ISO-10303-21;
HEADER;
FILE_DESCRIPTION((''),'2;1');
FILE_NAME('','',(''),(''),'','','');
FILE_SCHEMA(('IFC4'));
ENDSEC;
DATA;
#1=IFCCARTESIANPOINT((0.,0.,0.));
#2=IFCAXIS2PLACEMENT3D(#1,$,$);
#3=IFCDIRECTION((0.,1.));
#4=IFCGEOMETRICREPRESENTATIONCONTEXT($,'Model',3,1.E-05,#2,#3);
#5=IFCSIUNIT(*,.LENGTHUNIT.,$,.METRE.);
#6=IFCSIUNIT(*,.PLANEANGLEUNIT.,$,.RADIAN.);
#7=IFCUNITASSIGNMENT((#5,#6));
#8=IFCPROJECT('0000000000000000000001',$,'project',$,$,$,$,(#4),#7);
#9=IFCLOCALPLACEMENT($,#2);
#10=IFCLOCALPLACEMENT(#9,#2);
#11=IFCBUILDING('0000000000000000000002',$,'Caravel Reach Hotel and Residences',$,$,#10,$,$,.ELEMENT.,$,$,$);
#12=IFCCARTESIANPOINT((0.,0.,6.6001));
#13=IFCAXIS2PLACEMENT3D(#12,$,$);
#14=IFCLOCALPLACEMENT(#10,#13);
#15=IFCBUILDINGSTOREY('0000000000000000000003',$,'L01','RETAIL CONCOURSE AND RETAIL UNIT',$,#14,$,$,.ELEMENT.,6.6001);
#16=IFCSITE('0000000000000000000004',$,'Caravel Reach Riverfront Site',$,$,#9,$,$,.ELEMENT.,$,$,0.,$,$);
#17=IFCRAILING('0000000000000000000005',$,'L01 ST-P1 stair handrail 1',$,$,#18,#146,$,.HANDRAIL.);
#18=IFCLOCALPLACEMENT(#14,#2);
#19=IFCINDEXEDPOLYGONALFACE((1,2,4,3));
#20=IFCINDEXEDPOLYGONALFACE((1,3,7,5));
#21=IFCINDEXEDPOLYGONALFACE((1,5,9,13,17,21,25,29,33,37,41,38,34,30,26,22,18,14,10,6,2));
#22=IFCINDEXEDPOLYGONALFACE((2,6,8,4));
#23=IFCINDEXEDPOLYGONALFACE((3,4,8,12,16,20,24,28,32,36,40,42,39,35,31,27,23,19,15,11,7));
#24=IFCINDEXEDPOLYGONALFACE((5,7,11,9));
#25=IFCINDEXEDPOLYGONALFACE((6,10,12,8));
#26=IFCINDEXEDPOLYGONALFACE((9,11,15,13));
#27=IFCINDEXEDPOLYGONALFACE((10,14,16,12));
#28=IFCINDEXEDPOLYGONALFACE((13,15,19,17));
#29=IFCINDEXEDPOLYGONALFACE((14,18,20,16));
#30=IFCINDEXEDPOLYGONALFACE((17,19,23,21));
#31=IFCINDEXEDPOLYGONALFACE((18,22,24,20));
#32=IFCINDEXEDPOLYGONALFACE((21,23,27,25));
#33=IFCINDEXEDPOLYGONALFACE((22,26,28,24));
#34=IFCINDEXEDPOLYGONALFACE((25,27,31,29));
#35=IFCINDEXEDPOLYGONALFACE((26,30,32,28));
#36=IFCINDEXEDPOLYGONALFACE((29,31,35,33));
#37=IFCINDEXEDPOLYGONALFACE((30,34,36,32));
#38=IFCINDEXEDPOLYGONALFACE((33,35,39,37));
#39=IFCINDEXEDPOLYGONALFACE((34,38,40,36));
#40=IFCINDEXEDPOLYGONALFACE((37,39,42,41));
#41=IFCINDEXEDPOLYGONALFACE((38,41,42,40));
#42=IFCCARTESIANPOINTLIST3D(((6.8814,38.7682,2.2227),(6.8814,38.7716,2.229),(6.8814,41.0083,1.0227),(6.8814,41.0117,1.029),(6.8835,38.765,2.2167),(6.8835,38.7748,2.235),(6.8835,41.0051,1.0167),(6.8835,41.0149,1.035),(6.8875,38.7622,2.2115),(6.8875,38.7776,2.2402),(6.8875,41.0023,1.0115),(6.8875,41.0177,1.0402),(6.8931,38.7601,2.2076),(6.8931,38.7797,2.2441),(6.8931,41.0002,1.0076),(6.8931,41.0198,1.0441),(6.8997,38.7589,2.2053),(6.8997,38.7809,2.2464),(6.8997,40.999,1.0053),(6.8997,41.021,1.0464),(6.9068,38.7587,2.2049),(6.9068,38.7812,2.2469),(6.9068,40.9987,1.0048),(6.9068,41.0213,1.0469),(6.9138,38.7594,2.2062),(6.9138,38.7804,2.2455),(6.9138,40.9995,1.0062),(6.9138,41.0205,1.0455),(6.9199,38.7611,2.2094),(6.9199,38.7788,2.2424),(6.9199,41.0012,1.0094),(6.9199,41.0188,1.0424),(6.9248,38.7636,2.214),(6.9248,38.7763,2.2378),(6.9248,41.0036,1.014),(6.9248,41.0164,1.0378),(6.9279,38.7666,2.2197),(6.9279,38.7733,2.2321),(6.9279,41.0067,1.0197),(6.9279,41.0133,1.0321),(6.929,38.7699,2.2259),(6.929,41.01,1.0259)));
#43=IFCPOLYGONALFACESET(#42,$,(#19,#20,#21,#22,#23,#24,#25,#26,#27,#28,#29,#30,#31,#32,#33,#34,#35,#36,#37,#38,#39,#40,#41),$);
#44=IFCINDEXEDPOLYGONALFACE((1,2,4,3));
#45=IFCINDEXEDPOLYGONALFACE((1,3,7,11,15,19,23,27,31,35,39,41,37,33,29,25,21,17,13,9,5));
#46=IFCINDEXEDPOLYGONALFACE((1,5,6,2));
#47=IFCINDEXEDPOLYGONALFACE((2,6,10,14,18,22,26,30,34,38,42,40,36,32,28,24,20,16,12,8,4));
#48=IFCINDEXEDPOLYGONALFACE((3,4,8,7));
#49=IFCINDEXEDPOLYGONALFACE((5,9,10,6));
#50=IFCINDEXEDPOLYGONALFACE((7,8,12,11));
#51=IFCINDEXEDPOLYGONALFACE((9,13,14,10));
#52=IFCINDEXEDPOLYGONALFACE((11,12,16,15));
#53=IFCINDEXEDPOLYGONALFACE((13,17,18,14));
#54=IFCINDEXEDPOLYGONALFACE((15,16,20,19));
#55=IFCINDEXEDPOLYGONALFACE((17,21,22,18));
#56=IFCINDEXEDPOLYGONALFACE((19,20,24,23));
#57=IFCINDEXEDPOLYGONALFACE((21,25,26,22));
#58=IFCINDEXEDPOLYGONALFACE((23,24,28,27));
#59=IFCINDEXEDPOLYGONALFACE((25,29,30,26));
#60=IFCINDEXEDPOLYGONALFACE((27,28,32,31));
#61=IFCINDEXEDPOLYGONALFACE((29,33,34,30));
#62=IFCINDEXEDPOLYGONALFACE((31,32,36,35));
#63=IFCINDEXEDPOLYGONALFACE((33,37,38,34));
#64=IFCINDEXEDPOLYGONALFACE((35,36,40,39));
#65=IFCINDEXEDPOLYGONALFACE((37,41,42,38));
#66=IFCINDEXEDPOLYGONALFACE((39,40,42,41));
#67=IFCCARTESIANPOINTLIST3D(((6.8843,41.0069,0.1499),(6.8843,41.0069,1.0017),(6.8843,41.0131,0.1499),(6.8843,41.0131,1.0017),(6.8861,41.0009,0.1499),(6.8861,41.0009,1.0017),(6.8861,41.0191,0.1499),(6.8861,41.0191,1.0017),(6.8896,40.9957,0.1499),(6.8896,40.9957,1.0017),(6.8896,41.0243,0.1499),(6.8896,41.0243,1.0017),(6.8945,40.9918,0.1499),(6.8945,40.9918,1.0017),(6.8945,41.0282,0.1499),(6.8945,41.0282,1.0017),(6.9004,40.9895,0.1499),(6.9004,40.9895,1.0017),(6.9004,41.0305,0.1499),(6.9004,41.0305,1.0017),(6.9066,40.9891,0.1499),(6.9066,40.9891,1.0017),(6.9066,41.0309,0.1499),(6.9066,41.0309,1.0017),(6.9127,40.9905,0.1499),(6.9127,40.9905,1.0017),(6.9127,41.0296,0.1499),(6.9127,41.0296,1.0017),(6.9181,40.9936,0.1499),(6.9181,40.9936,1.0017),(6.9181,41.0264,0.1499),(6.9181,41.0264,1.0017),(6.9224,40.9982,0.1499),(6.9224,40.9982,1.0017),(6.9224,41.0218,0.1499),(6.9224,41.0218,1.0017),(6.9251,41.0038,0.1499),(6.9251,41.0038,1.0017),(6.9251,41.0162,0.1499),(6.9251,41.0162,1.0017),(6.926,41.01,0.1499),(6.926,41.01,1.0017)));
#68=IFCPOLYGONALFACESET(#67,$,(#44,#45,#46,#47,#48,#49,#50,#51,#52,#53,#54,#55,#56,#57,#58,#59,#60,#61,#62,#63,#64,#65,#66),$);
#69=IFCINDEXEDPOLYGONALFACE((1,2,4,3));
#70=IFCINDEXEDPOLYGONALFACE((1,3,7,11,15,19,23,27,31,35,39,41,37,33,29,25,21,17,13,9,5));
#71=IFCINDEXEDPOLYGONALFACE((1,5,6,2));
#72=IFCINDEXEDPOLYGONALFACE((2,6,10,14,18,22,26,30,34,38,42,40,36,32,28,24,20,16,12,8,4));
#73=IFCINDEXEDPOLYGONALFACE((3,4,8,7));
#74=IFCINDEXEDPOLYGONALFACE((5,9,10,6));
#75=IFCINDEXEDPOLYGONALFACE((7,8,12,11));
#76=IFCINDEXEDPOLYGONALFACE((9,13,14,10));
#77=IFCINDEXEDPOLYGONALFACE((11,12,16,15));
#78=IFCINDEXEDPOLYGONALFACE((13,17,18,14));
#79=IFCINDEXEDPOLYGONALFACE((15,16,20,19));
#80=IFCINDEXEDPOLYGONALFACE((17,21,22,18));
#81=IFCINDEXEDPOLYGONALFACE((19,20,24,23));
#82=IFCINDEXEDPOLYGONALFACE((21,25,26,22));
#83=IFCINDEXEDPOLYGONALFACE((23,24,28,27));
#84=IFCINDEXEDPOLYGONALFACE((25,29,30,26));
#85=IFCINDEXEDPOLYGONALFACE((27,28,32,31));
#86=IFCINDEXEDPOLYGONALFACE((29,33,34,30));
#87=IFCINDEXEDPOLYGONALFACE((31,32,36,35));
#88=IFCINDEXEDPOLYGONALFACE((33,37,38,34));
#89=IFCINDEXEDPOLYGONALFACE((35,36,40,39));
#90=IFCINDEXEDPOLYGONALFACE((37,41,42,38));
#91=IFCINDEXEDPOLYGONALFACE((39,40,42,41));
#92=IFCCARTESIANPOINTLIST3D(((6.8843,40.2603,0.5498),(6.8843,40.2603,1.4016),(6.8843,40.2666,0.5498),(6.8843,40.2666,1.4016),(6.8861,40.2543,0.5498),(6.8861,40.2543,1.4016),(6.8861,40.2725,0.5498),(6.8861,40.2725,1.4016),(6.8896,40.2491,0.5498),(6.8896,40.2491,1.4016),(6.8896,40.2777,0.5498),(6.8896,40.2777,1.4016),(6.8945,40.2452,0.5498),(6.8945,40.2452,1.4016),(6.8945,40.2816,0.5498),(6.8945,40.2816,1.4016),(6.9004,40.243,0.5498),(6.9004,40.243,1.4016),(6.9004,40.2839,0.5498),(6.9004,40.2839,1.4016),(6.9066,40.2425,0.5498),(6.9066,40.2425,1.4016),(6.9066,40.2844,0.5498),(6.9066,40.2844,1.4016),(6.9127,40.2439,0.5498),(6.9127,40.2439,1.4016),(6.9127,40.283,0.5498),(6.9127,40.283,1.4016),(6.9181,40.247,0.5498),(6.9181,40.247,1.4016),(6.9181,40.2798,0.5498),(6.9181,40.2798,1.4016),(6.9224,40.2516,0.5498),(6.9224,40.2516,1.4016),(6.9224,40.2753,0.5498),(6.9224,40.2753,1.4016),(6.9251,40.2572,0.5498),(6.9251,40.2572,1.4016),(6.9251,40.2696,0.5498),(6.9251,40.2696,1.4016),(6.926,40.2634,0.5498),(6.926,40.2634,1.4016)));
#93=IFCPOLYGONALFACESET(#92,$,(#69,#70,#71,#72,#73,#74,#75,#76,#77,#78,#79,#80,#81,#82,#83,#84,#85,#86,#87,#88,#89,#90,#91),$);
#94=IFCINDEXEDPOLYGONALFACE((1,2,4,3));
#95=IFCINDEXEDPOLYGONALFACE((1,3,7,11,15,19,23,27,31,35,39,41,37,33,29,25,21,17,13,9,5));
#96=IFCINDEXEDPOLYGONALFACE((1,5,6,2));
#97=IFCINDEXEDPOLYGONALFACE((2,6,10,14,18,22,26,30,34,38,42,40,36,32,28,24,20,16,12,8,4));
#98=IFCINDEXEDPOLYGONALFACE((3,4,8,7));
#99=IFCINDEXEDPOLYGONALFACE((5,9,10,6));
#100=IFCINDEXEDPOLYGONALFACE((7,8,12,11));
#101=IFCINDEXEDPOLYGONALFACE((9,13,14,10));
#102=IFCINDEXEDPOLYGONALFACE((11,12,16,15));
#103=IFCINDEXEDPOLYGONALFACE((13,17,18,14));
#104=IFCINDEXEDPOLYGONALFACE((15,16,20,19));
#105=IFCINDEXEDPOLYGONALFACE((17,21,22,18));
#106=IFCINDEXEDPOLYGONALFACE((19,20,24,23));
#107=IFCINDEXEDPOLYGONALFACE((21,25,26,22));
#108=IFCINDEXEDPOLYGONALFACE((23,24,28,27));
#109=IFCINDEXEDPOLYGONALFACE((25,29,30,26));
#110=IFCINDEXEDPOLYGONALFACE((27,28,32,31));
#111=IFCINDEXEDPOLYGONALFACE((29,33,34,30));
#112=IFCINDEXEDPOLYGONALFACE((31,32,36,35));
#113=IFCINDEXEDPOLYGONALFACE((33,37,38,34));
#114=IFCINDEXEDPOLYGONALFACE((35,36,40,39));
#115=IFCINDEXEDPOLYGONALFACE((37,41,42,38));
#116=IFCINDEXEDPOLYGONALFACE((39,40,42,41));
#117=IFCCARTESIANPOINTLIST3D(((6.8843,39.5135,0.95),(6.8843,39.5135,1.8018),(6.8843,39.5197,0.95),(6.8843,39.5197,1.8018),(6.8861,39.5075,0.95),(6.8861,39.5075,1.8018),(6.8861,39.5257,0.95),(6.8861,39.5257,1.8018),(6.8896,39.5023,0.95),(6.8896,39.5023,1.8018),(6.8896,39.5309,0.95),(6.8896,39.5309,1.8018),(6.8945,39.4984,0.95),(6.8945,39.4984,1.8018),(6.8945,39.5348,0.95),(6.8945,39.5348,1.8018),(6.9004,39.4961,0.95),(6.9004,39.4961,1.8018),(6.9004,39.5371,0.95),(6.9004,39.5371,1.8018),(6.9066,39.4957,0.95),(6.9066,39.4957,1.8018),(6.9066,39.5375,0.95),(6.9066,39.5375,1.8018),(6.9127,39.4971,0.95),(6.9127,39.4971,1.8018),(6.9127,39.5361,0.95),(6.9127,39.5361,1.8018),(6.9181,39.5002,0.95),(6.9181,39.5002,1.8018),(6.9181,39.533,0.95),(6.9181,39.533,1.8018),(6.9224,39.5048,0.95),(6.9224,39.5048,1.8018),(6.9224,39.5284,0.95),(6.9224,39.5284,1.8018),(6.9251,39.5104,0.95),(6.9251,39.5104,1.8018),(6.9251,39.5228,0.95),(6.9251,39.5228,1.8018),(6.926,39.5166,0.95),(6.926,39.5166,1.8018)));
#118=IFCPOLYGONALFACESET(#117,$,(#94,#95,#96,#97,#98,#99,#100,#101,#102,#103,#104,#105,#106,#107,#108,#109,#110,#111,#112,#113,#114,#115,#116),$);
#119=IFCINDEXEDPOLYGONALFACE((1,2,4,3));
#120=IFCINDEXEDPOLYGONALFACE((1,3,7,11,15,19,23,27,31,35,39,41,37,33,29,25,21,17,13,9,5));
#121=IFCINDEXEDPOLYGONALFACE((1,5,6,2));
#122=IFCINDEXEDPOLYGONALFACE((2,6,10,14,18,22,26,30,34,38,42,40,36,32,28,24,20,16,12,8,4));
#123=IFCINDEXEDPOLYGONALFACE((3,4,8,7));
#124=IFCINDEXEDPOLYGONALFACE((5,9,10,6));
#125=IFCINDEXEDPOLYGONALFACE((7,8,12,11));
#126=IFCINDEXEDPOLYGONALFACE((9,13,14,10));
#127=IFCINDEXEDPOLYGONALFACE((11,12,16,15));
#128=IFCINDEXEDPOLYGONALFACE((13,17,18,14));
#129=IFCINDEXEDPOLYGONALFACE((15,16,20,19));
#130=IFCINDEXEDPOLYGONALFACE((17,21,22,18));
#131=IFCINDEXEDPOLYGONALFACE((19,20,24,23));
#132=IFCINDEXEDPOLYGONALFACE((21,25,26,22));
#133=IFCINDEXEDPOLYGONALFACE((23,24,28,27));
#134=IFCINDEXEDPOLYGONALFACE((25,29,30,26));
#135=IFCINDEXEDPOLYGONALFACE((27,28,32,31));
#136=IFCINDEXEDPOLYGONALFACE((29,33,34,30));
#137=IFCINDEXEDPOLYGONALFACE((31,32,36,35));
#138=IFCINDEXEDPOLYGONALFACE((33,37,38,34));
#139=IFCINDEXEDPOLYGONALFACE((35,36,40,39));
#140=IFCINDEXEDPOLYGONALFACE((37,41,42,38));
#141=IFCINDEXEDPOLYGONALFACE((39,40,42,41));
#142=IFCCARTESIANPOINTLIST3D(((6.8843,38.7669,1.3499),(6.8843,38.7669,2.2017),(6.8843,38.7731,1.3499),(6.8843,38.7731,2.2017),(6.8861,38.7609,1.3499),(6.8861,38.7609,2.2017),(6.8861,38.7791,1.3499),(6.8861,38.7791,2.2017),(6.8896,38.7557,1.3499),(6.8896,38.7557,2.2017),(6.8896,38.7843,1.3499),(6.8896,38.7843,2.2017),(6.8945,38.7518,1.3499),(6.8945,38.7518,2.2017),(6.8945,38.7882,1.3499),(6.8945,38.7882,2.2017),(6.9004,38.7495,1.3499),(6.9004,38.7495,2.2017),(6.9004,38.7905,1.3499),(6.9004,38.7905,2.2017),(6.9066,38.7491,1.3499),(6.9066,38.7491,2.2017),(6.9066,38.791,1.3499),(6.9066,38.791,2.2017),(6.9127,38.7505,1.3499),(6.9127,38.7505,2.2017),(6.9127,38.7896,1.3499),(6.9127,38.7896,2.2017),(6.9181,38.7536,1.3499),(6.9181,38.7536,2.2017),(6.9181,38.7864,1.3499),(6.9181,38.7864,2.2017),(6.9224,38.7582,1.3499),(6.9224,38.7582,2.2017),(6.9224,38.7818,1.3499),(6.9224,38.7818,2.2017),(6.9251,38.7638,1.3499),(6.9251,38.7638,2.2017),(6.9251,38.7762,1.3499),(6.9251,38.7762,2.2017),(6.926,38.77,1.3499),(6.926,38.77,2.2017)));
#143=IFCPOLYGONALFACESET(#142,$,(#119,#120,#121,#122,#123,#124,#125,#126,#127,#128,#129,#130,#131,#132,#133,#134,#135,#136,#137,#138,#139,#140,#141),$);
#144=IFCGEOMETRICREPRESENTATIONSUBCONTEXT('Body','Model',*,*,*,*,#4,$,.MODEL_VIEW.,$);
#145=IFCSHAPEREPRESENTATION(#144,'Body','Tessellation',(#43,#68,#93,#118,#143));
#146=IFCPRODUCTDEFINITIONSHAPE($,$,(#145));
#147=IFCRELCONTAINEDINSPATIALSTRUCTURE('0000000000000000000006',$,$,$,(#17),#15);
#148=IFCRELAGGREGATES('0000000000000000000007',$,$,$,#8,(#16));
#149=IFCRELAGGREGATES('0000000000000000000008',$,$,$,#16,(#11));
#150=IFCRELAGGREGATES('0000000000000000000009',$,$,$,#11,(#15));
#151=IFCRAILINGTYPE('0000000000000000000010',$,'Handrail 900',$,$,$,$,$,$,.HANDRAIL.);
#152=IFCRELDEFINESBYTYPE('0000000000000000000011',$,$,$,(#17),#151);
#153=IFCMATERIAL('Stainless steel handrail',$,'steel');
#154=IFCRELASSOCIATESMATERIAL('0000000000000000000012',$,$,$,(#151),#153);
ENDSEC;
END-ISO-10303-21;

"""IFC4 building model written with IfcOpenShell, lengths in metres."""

from ifc_helpers import new_model, si_unit, direction, frame, origin, origin_2d, place, context, subcontext, project, spatial, circle, extrude, material, type_object, element, save


model = new_model("IFC4")

# Units and contexts
model_context = context("Model", 3, precision=1e-05, world=origin(), true_north=direction((0.0, 1.0)))
body_context = subcontext(model_context, "Body", "Model", "MODEL_VIEW")
ifc_project = project(units=[si_unit("LENGTHUNIT", "METRE"), si_unit("PLANEANGLEUNIT", "RADIAN")], contexts=[model_context])

# Site, building, storey
site_placement = place(None, origin())
site = spatial("IfcSite", under=ifc_project, at=site_placement, Name="Caravel Reach Riverfront Site", CompositionType="ELEMENT", RefElevation=0.0)
building_placement = place(site_placement, origin())
building = spatial("IfcBuilding", under=site, at=building_placement, Name="Caravel Reach Hotel and Residences", CompositionType="ELEMENT")
storey_placement = place(building_placement, frame((0.0, 0.0, 6.6001)))
storey = spatial("IfcBuildingStorey", under=building, at=storey_placement, Name="L01", Description="RETAIL CONCOURSE AND RETAIL UNIT", CompositionType="ELEMENT", Elevation=6.6001)

# Railing
ifc_material_1 = material(Name="Stainless steel handrail", Category="steel")
railing_type_1 = type_object("IfcRailingType", Name="Handrail 900", PredefinedType="HANDRAIL", material=ifc_material_1)
railing_1_placement = place(storey_placement, frame((6.905, 41.01, 0.1499)))
element("IfcRailing", 1, at=railing_1_placement, inside=storey, type_object=railing_type_1, Name="L01 ST-P1 stair handrail 1", PredefinedType="HANDRAIL", context=body_context, shape_type="SweptSolid", body=[
    extrude(circle(Radius=0.0239, at=origin_2d()), frame((0.0, 0.0, 0.876), z_axis=(0.0, -0.881487, 0.472208), x_axis=(1.0, 0.0, 0.0)), (0.0, 0.0, 1.0), 2.5413),
    extrude(circle(Radius=0.021, at=origin_2d()), origin(), (0.0, 0.0, 1.0), 0.8518),
    extrude(circle(Radius=0.021, at=origin_2d()), frame((0.0, -0.7466, 0.3999)), (0.0, 0.0, 1.0), 0.8518),
    extrude(circle(Radius=0.021, at=origin_2d()), frame((0.0, -1.4934, 0.8)), (0.0, 0.0, 1.0), 0.8518),
    extrude(circle(Radius=0.021, at=origin_2d()), frame((0.0, -2.24, 1.2)), (0.0, 0.0, 1.0), 0.8518),
])

save(model, "model.ifc")
